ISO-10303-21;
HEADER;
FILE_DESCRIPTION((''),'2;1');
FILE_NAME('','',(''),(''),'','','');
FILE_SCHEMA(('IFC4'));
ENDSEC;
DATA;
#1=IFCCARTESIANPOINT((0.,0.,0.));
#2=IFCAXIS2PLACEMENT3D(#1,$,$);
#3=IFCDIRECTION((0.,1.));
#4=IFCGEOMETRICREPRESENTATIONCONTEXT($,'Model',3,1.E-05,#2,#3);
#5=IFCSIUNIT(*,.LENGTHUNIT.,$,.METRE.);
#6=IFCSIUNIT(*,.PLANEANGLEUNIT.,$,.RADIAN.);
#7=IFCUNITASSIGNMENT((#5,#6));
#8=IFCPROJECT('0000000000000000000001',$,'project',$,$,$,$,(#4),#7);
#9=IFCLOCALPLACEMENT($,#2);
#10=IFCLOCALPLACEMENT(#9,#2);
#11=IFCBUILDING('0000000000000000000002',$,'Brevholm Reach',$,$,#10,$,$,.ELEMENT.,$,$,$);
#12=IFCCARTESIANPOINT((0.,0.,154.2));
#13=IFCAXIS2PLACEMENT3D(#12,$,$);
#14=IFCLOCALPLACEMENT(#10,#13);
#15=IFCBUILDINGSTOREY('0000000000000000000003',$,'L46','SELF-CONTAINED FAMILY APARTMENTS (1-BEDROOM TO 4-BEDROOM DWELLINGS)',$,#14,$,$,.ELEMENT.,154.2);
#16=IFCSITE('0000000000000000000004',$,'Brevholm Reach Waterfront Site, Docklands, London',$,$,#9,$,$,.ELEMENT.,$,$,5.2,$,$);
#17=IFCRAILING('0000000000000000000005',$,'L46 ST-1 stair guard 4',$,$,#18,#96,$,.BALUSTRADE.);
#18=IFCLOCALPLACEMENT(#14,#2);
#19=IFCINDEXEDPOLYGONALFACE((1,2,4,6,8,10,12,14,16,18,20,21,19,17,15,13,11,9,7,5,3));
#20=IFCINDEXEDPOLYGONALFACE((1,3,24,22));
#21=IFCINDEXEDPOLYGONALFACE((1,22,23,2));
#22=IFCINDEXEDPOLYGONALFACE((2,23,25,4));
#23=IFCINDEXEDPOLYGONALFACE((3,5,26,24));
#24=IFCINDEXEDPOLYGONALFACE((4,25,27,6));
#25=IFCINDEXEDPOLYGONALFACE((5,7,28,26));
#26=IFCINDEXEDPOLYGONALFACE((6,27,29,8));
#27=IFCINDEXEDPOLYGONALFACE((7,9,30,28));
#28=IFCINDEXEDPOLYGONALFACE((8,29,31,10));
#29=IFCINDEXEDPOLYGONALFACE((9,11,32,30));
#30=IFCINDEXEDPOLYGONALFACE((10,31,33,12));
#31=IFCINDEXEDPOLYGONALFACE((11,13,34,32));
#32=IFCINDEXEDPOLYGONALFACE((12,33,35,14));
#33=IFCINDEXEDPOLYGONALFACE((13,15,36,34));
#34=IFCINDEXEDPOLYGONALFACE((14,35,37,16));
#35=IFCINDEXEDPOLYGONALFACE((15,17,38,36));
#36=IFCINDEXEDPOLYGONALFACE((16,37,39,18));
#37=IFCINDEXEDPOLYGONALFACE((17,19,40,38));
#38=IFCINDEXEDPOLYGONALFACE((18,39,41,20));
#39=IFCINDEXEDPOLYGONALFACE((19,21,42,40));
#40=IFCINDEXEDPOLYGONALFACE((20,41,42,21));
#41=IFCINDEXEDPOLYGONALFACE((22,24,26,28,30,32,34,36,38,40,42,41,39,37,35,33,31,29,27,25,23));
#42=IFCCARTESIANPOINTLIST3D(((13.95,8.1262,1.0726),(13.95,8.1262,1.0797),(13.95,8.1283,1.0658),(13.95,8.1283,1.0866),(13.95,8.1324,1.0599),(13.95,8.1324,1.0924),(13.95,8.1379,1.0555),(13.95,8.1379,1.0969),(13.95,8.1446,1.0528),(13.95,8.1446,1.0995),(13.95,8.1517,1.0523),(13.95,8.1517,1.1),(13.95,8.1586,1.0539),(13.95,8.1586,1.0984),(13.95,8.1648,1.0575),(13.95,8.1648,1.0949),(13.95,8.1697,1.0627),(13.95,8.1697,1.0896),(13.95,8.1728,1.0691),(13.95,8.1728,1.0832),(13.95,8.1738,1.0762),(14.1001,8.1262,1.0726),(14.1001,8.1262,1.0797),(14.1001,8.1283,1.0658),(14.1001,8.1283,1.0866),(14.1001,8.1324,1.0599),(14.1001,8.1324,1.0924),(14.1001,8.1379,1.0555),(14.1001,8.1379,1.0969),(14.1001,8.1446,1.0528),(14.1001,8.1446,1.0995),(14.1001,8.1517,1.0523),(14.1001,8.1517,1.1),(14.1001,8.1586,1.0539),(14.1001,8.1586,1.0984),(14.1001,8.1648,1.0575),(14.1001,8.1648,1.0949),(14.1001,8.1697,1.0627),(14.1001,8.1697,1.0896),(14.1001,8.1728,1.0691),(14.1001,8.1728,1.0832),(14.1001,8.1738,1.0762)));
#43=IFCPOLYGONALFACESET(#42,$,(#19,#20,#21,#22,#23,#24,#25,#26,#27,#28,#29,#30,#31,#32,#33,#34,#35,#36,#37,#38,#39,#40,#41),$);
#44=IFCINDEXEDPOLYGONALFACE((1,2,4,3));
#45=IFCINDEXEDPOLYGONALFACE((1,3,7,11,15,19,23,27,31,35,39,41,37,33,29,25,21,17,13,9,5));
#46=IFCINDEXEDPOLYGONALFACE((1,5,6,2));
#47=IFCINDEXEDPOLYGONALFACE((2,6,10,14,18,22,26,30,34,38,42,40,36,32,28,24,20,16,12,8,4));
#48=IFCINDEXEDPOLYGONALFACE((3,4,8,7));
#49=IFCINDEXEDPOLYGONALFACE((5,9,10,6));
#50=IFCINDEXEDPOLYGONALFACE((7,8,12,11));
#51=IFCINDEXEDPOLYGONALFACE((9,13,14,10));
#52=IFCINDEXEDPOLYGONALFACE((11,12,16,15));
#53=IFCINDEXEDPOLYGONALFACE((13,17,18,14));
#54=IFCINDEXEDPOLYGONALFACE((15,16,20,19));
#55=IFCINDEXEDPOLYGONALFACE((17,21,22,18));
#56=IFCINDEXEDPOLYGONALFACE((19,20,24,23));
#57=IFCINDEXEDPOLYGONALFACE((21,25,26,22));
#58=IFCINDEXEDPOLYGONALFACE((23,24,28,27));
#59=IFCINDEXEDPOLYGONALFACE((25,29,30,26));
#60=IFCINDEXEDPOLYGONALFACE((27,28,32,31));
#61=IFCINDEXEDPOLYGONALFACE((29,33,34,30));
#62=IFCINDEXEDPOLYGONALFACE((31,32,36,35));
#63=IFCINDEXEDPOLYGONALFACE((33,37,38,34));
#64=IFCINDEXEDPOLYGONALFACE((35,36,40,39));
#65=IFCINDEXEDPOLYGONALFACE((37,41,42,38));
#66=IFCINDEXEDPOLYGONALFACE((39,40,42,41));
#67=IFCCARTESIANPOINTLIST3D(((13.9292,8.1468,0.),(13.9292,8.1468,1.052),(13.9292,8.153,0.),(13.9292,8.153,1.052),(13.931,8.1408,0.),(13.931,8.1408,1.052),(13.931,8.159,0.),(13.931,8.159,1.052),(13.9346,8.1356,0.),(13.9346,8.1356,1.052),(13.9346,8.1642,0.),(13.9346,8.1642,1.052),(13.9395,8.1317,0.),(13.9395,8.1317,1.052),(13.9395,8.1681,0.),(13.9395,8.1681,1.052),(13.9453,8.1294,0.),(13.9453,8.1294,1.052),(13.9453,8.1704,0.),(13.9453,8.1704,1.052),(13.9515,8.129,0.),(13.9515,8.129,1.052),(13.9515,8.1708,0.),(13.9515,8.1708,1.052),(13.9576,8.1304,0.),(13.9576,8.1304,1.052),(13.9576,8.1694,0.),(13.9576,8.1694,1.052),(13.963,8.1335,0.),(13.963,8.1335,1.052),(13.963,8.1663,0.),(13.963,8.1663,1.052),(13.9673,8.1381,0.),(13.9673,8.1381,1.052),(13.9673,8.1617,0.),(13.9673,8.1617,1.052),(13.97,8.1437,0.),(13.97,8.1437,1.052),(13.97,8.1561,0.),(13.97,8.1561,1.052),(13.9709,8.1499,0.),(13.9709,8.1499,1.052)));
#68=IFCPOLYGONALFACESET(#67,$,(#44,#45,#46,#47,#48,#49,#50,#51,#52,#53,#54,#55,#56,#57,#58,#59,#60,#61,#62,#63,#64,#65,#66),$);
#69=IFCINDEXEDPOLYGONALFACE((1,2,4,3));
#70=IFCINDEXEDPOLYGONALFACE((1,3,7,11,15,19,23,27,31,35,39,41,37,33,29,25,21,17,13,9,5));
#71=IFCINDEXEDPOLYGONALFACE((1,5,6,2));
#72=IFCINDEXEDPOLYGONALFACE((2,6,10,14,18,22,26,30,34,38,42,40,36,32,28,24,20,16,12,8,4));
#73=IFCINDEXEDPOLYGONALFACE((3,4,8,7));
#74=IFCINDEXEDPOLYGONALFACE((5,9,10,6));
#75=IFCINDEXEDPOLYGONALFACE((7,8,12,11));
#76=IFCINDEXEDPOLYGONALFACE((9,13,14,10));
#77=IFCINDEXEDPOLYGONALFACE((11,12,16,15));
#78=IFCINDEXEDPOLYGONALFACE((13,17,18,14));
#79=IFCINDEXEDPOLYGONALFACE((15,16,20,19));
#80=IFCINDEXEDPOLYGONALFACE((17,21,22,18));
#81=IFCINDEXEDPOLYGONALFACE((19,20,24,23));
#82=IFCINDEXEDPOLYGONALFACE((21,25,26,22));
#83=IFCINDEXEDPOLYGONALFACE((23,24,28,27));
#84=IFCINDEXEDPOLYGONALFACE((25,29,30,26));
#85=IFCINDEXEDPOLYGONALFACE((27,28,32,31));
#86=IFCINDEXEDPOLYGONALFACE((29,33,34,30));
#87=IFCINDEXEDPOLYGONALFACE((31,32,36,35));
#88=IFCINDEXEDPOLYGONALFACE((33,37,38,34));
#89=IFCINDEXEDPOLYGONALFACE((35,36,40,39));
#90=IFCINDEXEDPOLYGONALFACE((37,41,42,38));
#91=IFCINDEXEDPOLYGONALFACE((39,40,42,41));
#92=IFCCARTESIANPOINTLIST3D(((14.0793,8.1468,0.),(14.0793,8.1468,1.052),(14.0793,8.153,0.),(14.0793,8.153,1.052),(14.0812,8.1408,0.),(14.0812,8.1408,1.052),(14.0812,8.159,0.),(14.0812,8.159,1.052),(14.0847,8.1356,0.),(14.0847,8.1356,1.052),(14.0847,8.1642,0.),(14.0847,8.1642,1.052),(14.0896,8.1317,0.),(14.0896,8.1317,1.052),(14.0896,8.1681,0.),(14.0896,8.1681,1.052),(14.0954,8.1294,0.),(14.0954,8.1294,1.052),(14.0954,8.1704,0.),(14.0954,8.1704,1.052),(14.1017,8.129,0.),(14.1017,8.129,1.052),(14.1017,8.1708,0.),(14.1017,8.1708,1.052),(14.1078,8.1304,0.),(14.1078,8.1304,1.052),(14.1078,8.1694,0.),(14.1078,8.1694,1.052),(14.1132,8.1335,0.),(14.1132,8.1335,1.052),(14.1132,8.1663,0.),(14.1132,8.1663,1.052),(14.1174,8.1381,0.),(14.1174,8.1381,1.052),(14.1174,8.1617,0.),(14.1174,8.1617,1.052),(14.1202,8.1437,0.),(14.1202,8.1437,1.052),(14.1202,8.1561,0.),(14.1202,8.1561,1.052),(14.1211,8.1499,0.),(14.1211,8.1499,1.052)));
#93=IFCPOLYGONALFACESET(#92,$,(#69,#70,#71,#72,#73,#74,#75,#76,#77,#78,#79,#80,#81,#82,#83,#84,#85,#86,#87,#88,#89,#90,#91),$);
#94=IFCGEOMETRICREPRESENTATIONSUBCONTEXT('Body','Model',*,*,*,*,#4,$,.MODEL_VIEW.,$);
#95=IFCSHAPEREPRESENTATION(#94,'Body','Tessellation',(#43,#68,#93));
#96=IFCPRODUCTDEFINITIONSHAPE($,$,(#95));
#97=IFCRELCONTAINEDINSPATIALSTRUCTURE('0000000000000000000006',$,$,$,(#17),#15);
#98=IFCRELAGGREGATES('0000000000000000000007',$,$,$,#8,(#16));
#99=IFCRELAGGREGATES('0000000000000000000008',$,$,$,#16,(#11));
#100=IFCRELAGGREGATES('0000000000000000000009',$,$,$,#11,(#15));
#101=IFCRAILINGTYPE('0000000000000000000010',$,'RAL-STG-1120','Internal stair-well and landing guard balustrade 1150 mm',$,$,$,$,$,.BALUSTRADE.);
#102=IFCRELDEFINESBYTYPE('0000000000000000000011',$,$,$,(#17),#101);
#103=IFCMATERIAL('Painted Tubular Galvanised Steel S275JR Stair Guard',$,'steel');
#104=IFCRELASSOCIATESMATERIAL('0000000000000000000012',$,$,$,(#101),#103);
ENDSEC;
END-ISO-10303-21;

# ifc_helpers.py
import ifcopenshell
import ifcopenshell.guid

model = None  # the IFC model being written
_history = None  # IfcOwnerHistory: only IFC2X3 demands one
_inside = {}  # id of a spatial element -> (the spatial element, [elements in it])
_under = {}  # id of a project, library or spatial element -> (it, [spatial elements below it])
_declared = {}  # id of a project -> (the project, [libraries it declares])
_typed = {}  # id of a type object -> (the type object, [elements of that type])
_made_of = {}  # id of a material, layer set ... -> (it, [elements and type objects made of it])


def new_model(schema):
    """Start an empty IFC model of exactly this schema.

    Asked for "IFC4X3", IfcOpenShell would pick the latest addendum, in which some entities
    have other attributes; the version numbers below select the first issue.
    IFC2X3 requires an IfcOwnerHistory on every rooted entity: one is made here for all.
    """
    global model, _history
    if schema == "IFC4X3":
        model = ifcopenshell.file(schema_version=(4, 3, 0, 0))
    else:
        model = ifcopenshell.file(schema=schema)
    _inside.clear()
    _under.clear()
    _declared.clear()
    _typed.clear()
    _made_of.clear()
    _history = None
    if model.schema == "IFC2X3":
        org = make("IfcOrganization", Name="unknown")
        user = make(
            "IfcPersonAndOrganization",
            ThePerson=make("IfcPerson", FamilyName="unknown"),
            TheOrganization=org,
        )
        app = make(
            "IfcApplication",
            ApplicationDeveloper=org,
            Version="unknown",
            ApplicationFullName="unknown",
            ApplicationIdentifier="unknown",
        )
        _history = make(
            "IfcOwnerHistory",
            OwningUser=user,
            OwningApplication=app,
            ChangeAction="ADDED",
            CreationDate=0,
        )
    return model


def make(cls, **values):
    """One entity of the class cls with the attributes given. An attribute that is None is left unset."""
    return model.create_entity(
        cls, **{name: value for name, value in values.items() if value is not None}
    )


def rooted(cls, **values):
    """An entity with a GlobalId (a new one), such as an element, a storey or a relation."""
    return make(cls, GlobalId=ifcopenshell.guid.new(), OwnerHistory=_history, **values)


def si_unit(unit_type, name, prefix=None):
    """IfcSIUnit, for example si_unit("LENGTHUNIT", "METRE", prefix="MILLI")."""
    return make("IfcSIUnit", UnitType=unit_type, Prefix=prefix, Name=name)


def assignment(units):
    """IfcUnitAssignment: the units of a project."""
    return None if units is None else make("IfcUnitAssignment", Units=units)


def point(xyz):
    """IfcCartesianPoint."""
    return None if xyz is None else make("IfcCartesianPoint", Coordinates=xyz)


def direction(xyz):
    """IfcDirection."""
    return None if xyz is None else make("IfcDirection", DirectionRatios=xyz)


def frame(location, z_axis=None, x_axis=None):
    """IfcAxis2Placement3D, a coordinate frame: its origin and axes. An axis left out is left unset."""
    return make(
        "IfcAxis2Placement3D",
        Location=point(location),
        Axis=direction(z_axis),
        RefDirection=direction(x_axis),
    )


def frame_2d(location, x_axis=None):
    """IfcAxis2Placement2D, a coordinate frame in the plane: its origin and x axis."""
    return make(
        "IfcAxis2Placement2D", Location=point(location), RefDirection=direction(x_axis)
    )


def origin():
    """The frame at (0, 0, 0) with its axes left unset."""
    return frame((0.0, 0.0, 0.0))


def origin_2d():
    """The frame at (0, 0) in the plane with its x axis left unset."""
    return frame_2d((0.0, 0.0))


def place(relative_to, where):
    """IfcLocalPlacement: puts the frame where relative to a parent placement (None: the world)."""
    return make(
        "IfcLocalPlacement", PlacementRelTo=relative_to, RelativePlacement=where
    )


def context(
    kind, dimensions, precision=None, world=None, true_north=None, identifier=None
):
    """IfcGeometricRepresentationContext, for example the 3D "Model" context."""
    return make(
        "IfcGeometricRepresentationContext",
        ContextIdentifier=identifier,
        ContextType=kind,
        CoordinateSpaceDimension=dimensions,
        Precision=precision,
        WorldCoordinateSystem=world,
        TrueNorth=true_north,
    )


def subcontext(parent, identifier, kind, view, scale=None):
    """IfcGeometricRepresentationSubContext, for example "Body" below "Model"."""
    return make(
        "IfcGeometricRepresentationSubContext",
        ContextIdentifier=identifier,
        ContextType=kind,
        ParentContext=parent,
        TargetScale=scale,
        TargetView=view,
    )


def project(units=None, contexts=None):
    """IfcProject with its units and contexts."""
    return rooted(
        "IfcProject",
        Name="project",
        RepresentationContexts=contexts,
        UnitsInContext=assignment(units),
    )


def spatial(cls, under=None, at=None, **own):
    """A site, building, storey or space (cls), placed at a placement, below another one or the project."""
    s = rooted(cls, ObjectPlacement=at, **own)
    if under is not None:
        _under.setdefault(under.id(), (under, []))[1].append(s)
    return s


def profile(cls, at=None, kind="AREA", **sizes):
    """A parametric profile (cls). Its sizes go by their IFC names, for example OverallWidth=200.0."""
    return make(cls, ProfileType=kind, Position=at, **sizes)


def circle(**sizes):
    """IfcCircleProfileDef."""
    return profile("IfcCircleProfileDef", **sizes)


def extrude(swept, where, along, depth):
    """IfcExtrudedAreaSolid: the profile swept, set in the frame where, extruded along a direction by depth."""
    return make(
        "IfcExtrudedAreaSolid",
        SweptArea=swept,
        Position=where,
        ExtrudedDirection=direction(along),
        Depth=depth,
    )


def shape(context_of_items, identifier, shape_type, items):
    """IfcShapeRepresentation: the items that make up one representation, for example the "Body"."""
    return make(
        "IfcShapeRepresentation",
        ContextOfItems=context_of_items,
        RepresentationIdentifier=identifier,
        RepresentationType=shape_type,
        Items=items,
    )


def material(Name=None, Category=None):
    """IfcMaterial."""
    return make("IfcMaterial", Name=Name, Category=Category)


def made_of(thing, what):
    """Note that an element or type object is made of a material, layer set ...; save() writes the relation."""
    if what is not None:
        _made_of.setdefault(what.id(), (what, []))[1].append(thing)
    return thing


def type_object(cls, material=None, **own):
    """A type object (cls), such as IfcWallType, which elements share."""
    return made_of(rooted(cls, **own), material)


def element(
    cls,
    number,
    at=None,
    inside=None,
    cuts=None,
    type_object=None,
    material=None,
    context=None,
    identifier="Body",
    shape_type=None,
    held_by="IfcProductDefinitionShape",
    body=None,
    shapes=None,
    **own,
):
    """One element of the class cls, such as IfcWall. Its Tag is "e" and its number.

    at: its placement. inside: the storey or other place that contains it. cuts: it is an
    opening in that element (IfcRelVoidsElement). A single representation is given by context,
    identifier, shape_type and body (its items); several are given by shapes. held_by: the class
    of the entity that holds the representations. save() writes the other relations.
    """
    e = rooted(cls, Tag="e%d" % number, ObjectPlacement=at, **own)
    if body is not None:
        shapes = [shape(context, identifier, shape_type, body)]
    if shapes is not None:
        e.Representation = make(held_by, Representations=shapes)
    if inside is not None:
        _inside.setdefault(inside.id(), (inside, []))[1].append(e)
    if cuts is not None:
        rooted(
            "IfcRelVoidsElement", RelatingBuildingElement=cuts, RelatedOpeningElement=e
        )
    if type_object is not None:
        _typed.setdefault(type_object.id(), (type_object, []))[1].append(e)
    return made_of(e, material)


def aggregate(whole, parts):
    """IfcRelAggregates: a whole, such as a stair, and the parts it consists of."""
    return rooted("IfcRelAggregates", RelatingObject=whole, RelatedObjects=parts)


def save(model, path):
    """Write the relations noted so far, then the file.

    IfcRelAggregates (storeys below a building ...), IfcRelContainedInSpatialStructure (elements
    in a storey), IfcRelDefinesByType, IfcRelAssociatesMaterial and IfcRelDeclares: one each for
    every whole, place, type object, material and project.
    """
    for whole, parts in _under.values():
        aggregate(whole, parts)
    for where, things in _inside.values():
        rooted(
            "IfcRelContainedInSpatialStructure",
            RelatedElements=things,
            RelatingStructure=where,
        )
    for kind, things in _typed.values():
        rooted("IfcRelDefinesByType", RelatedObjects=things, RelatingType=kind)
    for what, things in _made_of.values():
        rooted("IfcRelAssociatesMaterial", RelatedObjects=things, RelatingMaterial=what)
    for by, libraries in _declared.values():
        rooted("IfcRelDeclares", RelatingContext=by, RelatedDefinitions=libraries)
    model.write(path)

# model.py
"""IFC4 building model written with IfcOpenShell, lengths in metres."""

from ifc_helpers import new_model, si_unit, direction, frame, origin, origin_2d, place, context, subcontext, project, spatial, circle, extrude, material, type_object, element, save


model = new_model("IFC4")

# Units and contexts
model_context = context("Model", 3, precision=1e-05, world=origin(), true_north=direction((0.0, 1.0)))
body_context = subcontext(model_context, "Body", "Model", "MODEL_VIEW")
ifc_project = project(units=[si_unit("LENGTHUNIT", "METRE"), si_unit("PLANEANGLEUNIT", "RADIAN")], contexts=[model_context])

# Site, building, storey
site_placement = place(None, origin())
site = spatial("IfcSite", under=ifc_project, at=site_placement, Name="Brevholm Reach Waterfront Site, Docklands, London", CompositionType="ELEMENT", RefElevation=5.2)
building_placement = place(site_placement, origin())
building = spatial("IfcBuilding", under=site, at=building_placement, Name="Brevholm Reach", CompositionType="ELEMENT")
storey_placement = place(building_placement, frame((0.0, 0.0, 154.2)))
storey = spatial("IfcBuildingStorey", under=building, at=storey_placement, Name="L46", Description="SELF-CONTAINED FAMILY APARTMENTS (1-BEDROOM TO 4-BEDROOM DWELLINGS)", CompositionType="ELEMENT", Elevation=154.2)

# Railing
ifc_material_1 = material(Name="Painted Tubular Galvanised Steel S275JR Stair Guard", Category="steel")
railing_type_1 = type_object("IfcRailingType", Name="RAL-STG-1120", Description="Internal stair-well and landing guard balustrade 1150 mm", PredefinedType="BALUSTRADE", material=ifc_material_1)
railing_1_placement = place(storey_placement, frame((13.95, 8.1499, 0.0)))
element("IfcRailing", 1, at=railing_1_placement, inside=storey, type_object=railing_type_1, Name="L46 ST-1 stair guard 4", PredefinedType="BALUSTRADE", context=body_context, shape_type="SweptSolid", body=[
    extrude(circle(Radius=0.0239, at=origin_2d()), frame((0.0, 0.0, 1.0762), z_axis=(1.0, 0.0, 0.0), x_axis=(0.0, 1.0, 0.0)), (0.0, 0.0, 1.0), 0.1501),
    extrude(circle(Radius=0.021, at=origin_2d()), origin(), (0.0, 0.0, 1.0), 1.052),
    extrude(circle(Radius=0.021, at=origin_2d()), frame((0.1501, 0.0, 0.0)), (0.0, 0.0, 1.0), 1.052),
])

save(model, "model.ifc")
